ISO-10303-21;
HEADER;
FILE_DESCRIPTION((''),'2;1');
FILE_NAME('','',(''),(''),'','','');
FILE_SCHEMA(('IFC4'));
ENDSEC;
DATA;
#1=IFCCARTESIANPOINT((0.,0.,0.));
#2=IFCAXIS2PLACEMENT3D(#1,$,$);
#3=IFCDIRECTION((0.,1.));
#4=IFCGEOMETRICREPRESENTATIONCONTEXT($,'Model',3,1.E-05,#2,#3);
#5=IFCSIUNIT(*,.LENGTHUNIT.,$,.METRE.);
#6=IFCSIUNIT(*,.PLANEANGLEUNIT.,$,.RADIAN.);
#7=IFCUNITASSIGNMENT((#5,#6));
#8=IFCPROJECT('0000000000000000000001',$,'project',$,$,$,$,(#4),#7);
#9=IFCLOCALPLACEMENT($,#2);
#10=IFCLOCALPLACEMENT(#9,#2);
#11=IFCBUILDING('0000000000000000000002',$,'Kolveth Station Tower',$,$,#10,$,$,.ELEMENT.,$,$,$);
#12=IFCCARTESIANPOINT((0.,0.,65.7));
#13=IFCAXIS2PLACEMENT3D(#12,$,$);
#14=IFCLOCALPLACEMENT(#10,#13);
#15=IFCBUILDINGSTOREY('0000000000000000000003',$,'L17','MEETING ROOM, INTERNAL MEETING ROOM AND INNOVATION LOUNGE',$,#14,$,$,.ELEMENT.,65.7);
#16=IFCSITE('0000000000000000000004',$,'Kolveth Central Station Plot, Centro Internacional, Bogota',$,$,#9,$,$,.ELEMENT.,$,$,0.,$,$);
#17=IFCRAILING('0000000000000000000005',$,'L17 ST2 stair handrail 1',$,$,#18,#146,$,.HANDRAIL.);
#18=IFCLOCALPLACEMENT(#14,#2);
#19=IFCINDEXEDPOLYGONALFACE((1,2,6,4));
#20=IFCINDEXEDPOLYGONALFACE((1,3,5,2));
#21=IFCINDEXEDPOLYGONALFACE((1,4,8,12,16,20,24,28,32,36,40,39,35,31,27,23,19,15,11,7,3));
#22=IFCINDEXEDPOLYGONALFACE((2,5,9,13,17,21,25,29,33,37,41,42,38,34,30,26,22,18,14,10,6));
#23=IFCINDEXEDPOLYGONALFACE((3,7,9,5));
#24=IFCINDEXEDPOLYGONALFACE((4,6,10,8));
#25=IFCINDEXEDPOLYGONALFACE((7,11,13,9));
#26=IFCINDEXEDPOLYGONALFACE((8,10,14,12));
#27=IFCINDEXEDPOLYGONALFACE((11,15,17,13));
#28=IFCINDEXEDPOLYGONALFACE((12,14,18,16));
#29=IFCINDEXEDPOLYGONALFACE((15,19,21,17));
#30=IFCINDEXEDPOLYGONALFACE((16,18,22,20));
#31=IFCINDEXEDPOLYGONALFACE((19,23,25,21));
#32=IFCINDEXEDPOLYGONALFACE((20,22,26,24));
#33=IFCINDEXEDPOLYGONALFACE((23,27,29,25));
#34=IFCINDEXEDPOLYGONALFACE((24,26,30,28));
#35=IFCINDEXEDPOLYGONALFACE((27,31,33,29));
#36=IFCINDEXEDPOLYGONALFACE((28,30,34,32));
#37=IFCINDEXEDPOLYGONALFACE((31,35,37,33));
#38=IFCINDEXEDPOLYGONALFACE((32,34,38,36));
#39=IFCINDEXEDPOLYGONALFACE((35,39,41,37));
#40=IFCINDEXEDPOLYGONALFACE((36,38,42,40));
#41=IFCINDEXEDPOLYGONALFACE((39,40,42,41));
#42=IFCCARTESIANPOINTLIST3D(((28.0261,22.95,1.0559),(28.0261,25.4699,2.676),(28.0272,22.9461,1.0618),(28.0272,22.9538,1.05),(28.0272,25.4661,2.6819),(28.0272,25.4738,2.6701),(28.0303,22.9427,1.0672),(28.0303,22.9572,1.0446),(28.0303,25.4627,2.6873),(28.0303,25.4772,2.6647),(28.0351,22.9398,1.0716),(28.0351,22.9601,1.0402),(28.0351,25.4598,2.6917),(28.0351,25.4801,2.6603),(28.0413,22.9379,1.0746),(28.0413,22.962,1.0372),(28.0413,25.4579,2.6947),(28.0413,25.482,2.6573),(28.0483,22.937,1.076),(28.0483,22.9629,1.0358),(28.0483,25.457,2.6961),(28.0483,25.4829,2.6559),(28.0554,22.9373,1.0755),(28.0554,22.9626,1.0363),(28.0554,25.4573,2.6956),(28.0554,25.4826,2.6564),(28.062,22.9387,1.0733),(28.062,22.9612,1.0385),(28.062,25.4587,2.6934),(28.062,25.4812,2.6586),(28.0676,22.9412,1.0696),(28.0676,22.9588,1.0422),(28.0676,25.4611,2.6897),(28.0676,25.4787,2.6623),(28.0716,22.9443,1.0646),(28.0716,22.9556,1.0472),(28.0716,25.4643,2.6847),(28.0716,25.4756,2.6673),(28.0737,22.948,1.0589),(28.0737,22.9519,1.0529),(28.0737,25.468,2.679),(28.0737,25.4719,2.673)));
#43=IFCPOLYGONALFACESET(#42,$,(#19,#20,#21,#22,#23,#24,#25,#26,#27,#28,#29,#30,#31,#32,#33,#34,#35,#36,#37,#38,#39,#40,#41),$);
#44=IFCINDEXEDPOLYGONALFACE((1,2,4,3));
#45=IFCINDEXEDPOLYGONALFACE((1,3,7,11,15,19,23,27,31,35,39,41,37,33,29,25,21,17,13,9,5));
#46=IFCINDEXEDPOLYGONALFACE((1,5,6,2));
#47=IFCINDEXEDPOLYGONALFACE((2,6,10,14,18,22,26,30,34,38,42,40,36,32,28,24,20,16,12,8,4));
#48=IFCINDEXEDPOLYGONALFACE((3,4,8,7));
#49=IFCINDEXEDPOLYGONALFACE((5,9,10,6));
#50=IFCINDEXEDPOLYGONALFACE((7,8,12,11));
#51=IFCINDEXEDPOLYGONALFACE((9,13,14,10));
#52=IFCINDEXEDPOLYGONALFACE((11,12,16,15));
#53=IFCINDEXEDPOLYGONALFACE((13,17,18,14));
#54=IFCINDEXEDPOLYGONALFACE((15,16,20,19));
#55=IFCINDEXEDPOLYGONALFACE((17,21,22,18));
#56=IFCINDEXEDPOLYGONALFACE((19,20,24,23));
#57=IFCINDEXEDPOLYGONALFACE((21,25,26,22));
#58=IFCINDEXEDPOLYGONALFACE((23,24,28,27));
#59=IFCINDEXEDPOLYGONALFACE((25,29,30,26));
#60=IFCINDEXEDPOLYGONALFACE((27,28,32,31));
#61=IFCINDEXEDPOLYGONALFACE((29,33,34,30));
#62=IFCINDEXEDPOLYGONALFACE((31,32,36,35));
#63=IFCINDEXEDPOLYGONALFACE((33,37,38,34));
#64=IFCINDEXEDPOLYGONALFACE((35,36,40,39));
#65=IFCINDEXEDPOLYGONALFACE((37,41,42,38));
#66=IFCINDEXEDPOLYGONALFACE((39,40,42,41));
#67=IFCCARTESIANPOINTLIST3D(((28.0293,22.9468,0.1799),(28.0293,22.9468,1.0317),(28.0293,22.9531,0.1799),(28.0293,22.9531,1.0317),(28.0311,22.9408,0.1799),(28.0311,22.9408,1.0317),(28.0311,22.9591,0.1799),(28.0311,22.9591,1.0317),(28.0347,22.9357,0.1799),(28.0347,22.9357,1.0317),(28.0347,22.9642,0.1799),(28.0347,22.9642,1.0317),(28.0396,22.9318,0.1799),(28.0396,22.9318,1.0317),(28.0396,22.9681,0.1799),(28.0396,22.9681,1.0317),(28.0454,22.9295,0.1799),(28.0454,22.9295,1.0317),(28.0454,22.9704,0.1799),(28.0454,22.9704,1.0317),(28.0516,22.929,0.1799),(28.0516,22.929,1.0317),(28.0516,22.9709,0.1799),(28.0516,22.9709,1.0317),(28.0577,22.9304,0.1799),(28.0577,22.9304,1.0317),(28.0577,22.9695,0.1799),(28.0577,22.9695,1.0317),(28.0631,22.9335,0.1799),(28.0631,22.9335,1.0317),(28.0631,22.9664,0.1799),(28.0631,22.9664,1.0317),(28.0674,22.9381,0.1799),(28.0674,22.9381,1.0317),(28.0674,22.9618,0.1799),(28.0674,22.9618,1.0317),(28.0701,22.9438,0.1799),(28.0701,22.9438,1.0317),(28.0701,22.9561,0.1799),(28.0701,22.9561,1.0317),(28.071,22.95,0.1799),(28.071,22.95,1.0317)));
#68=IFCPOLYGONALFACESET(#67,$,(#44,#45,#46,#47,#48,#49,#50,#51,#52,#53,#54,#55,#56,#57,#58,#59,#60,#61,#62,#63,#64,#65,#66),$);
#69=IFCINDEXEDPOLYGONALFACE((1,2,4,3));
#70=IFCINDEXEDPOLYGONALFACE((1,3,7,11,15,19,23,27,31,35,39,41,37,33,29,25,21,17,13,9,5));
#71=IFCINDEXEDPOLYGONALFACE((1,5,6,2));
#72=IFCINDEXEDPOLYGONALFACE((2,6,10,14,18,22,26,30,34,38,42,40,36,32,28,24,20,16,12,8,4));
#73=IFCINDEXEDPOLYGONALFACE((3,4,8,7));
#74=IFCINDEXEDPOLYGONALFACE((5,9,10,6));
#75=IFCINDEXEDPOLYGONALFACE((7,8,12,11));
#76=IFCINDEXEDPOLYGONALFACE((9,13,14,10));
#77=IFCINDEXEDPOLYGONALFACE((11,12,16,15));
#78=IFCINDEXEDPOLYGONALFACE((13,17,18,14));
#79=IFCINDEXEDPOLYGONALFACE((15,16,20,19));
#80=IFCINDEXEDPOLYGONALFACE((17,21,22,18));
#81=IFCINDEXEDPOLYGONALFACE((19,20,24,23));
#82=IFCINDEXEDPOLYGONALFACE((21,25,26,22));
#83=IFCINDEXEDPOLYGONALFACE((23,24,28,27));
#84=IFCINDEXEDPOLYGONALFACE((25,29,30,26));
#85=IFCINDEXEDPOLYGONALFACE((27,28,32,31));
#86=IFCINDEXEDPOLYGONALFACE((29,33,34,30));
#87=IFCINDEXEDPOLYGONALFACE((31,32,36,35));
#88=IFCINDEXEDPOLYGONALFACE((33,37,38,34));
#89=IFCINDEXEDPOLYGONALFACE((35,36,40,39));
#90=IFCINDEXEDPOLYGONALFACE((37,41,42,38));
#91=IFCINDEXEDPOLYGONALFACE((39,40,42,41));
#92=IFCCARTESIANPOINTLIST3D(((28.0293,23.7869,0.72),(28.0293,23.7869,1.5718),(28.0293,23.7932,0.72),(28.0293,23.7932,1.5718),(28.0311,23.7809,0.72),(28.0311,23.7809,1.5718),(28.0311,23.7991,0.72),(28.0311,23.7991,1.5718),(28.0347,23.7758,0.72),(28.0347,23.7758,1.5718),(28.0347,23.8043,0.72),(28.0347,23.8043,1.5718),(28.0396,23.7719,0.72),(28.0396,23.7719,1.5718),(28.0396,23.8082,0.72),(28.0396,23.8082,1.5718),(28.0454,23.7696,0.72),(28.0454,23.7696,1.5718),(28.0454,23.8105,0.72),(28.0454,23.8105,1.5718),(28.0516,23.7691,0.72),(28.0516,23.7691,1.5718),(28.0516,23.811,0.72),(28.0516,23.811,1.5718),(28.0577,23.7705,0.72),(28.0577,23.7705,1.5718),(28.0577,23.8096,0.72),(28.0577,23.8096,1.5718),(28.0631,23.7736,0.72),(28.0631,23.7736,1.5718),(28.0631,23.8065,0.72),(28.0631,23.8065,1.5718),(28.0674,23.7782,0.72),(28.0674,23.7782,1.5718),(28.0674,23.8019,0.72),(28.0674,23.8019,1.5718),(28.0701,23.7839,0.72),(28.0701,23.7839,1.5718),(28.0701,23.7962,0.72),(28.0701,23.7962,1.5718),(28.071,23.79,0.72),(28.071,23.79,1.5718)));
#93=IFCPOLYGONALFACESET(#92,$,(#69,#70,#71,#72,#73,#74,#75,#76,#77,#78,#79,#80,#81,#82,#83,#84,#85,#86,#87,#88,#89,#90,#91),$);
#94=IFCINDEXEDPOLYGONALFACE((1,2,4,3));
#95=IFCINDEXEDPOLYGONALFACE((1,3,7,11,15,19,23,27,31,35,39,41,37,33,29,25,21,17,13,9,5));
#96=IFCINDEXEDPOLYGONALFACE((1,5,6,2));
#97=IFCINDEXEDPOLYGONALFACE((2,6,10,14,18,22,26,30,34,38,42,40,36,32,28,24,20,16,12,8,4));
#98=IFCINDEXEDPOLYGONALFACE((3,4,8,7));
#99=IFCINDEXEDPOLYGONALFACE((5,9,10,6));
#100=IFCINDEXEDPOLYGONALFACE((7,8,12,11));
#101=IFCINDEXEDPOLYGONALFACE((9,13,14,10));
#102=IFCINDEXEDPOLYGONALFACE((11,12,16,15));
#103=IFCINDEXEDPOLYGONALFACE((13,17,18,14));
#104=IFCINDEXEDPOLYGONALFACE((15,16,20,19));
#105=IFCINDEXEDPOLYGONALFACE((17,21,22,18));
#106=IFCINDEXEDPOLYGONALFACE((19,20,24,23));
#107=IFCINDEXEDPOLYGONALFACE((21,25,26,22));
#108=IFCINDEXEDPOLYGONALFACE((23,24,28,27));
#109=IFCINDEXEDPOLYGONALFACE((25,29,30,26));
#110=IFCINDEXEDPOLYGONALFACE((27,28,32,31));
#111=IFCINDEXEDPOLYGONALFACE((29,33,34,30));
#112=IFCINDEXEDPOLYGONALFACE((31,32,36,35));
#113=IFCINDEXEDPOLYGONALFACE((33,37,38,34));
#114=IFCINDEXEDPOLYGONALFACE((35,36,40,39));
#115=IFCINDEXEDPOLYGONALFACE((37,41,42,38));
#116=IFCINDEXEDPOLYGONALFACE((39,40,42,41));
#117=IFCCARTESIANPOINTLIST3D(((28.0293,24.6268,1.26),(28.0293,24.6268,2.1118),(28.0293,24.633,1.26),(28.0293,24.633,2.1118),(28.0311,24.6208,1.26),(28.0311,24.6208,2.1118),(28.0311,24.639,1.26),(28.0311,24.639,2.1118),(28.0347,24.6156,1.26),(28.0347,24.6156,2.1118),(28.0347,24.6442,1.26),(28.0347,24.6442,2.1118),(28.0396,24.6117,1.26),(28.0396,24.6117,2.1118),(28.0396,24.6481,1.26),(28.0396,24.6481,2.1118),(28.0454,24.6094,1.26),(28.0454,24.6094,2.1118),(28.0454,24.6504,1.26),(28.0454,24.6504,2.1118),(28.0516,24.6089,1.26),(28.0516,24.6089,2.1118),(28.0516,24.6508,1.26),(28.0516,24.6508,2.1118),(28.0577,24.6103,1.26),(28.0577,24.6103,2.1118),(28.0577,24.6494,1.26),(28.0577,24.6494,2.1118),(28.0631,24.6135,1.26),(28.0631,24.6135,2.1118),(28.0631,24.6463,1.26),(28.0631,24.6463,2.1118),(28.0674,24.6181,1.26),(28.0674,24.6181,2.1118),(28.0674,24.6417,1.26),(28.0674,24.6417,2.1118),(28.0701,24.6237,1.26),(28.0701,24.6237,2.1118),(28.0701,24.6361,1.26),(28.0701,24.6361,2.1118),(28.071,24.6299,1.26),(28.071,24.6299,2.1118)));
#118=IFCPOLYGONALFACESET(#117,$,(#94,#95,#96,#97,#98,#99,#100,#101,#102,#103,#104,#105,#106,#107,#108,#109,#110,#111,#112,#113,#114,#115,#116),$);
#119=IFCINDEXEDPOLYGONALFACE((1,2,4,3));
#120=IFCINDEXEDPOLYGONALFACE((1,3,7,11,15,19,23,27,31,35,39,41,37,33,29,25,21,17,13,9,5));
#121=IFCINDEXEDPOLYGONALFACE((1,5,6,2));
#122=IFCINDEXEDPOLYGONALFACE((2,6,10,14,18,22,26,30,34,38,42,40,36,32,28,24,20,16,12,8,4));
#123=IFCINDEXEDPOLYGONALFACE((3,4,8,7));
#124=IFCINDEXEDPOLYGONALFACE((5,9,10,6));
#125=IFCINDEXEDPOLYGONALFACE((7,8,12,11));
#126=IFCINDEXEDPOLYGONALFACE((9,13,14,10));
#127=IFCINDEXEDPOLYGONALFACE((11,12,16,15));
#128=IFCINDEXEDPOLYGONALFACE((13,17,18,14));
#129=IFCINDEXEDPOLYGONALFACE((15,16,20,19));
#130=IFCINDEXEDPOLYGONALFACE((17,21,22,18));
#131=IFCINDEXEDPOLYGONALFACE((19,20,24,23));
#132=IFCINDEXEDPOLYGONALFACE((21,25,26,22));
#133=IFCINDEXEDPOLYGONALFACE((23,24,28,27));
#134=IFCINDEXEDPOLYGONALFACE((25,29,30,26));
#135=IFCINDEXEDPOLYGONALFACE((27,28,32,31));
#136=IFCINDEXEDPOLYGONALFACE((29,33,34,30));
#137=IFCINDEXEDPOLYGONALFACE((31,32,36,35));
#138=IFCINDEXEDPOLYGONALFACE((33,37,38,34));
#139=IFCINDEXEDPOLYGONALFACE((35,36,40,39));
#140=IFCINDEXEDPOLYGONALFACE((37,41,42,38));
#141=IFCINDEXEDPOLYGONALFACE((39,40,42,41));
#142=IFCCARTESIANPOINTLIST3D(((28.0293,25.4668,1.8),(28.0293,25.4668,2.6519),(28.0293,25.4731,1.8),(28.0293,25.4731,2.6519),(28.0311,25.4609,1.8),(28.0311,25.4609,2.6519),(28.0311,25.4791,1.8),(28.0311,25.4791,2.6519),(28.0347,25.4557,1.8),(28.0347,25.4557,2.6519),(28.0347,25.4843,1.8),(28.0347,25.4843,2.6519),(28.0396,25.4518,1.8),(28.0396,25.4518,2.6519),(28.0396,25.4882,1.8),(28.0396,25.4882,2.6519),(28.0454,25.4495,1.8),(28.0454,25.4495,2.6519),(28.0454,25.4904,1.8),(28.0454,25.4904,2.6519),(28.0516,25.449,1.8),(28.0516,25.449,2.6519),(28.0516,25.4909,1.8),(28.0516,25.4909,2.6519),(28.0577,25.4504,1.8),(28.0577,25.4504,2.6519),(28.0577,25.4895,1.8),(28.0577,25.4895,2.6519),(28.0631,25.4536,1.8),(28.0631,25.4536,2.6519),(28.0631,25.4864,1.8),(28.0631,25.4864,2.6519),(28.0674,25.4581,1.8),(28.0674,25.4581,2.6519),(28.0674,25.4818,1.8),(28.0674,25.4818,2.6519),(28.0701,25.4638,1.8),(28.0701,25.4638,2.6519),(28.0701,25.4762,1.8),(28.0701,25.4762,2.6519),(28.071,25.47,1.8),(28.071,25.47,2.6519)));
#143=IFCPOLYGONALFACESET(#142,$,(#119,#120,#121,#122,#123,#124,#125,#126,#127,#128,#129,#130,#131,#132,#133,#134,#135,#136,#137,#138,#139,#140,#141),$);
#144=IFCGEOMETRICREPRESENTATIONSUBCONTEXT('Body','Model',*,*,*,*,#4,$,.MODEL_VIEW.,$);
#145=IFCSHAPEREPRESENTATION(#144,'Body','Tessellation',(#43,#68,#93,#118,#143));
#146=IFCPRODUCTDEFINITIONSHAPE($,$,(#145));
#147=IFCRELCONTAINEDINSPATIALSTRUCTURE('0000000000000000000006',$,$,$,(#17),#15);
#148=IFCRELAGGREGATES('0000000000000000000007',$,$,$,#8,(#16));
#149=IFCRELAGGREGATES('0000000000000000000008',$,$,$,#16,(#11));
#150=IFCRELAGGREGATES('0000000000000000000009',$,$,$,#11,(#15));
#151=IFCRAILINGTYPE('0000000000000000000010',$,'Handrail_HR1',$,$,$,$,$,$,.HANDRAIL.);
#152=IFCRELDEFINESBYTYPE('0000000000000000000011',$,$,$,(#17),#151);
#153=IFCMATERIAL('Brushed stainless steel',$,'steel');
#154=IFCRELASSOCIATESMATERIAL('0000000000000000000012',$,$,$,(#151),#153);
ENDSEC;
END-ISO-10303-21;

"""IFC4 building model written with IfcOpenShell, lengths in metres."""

from ifc_helpers import new_model, si_unit, direction, frame, origin, origin_2d, place, context, subcontext, project, spatial, circle, extrude, material, type_object, element, save


model = new_model("IFC4")

# Units and contexts
model_context = context("Model", 3, precision=1e-05, world=origin(), true_north=direction((0.0, 1.0)))
body_context = subcontext(model_context, "Body", "Model", "MODEL_VIEW")
ifc_project = project(units=[si_unit("LENGTHUNIT", "METRE"), si_unit("PLANEANGLEUNIT", "RADIAN")], contexts=[model_context])

# Site, building, storey
site_placement = place(None, origin())
site = spatial("IfcSite", under=ifc_project, at=site_placement, Name="Kolveth Central Station Plot, Centro Internacional, Bogota", CompositionType="ELEMENT", RefElevation=0.0)
building_placement = place(site_placement, origin())
building = spatial("IfcBuilding", under=site, at=building_placement, Name="Kolveth Station Tower", CompositionType="ELEMENT")
storey_placement = place(building_placement, frame((0.0, 0.0, 65.7)))
storey = spatial("IfcBuildingStorey", under=building, at=storey_placement, Name="L17", Description="MEETING ROOM, INTERNAL MEETING ROOM AND INNOVATION LOUNGE", CompositionType="ELEMENT", Elevation=65.7)

# Railing
ifc_material_1 = material(Name="Brushed stainless steel", Category="steel")
railing_type_1 = type_object("IfcRailingType", Name="Handrail_HR1", PredefinedType="HANDRAIL", material=ifc_material_1)
railing_1_placement = place(storey_placement, frame((28.05, 22.95, 0.1799)))
element("IfcRailing", 1, at=railing_1_placement, inside=storey, type_object=railing_type_1, Name="L17 ST2 stair handrail 1", PredefinedType="HANDRAIL", context=body_context, shape_type="SweptSolid", body=[
    extrude(circle(Radius=0.0239, at=origin_2d()), frame((0.0, 0.0, 0.876), z_axis=(0.0, 0.841163, 0.540782), x_axis=(-1.0, 0.0, 0.0)), (0.0, 0.0, 1.0), 2.9958),
    extrude(circle(Radius=0.021, at=origin_2d()), origin(), (0.0, 0.0, 1.0), 0.8518),
    extrude(circle(Radius=0.021, at=origin_2d()), frame((0.0, 0.8401, 0.54)), (0.0, 0.0, 1.0), 0.8518),
    extrude(circle(Radius=0.021, at=origin_2d()), frame((0.0, 1.6799, 1.0801)), (0.0, 0.0, 1.0), 0.8518),
    extrude(circle(Radius=0.021, at=origin_2d()), frame((0.0, 2.52, 1.6201)), (0.0, 0.0, 1.0), 0.8518),
])

save(model, "model.ifc")
